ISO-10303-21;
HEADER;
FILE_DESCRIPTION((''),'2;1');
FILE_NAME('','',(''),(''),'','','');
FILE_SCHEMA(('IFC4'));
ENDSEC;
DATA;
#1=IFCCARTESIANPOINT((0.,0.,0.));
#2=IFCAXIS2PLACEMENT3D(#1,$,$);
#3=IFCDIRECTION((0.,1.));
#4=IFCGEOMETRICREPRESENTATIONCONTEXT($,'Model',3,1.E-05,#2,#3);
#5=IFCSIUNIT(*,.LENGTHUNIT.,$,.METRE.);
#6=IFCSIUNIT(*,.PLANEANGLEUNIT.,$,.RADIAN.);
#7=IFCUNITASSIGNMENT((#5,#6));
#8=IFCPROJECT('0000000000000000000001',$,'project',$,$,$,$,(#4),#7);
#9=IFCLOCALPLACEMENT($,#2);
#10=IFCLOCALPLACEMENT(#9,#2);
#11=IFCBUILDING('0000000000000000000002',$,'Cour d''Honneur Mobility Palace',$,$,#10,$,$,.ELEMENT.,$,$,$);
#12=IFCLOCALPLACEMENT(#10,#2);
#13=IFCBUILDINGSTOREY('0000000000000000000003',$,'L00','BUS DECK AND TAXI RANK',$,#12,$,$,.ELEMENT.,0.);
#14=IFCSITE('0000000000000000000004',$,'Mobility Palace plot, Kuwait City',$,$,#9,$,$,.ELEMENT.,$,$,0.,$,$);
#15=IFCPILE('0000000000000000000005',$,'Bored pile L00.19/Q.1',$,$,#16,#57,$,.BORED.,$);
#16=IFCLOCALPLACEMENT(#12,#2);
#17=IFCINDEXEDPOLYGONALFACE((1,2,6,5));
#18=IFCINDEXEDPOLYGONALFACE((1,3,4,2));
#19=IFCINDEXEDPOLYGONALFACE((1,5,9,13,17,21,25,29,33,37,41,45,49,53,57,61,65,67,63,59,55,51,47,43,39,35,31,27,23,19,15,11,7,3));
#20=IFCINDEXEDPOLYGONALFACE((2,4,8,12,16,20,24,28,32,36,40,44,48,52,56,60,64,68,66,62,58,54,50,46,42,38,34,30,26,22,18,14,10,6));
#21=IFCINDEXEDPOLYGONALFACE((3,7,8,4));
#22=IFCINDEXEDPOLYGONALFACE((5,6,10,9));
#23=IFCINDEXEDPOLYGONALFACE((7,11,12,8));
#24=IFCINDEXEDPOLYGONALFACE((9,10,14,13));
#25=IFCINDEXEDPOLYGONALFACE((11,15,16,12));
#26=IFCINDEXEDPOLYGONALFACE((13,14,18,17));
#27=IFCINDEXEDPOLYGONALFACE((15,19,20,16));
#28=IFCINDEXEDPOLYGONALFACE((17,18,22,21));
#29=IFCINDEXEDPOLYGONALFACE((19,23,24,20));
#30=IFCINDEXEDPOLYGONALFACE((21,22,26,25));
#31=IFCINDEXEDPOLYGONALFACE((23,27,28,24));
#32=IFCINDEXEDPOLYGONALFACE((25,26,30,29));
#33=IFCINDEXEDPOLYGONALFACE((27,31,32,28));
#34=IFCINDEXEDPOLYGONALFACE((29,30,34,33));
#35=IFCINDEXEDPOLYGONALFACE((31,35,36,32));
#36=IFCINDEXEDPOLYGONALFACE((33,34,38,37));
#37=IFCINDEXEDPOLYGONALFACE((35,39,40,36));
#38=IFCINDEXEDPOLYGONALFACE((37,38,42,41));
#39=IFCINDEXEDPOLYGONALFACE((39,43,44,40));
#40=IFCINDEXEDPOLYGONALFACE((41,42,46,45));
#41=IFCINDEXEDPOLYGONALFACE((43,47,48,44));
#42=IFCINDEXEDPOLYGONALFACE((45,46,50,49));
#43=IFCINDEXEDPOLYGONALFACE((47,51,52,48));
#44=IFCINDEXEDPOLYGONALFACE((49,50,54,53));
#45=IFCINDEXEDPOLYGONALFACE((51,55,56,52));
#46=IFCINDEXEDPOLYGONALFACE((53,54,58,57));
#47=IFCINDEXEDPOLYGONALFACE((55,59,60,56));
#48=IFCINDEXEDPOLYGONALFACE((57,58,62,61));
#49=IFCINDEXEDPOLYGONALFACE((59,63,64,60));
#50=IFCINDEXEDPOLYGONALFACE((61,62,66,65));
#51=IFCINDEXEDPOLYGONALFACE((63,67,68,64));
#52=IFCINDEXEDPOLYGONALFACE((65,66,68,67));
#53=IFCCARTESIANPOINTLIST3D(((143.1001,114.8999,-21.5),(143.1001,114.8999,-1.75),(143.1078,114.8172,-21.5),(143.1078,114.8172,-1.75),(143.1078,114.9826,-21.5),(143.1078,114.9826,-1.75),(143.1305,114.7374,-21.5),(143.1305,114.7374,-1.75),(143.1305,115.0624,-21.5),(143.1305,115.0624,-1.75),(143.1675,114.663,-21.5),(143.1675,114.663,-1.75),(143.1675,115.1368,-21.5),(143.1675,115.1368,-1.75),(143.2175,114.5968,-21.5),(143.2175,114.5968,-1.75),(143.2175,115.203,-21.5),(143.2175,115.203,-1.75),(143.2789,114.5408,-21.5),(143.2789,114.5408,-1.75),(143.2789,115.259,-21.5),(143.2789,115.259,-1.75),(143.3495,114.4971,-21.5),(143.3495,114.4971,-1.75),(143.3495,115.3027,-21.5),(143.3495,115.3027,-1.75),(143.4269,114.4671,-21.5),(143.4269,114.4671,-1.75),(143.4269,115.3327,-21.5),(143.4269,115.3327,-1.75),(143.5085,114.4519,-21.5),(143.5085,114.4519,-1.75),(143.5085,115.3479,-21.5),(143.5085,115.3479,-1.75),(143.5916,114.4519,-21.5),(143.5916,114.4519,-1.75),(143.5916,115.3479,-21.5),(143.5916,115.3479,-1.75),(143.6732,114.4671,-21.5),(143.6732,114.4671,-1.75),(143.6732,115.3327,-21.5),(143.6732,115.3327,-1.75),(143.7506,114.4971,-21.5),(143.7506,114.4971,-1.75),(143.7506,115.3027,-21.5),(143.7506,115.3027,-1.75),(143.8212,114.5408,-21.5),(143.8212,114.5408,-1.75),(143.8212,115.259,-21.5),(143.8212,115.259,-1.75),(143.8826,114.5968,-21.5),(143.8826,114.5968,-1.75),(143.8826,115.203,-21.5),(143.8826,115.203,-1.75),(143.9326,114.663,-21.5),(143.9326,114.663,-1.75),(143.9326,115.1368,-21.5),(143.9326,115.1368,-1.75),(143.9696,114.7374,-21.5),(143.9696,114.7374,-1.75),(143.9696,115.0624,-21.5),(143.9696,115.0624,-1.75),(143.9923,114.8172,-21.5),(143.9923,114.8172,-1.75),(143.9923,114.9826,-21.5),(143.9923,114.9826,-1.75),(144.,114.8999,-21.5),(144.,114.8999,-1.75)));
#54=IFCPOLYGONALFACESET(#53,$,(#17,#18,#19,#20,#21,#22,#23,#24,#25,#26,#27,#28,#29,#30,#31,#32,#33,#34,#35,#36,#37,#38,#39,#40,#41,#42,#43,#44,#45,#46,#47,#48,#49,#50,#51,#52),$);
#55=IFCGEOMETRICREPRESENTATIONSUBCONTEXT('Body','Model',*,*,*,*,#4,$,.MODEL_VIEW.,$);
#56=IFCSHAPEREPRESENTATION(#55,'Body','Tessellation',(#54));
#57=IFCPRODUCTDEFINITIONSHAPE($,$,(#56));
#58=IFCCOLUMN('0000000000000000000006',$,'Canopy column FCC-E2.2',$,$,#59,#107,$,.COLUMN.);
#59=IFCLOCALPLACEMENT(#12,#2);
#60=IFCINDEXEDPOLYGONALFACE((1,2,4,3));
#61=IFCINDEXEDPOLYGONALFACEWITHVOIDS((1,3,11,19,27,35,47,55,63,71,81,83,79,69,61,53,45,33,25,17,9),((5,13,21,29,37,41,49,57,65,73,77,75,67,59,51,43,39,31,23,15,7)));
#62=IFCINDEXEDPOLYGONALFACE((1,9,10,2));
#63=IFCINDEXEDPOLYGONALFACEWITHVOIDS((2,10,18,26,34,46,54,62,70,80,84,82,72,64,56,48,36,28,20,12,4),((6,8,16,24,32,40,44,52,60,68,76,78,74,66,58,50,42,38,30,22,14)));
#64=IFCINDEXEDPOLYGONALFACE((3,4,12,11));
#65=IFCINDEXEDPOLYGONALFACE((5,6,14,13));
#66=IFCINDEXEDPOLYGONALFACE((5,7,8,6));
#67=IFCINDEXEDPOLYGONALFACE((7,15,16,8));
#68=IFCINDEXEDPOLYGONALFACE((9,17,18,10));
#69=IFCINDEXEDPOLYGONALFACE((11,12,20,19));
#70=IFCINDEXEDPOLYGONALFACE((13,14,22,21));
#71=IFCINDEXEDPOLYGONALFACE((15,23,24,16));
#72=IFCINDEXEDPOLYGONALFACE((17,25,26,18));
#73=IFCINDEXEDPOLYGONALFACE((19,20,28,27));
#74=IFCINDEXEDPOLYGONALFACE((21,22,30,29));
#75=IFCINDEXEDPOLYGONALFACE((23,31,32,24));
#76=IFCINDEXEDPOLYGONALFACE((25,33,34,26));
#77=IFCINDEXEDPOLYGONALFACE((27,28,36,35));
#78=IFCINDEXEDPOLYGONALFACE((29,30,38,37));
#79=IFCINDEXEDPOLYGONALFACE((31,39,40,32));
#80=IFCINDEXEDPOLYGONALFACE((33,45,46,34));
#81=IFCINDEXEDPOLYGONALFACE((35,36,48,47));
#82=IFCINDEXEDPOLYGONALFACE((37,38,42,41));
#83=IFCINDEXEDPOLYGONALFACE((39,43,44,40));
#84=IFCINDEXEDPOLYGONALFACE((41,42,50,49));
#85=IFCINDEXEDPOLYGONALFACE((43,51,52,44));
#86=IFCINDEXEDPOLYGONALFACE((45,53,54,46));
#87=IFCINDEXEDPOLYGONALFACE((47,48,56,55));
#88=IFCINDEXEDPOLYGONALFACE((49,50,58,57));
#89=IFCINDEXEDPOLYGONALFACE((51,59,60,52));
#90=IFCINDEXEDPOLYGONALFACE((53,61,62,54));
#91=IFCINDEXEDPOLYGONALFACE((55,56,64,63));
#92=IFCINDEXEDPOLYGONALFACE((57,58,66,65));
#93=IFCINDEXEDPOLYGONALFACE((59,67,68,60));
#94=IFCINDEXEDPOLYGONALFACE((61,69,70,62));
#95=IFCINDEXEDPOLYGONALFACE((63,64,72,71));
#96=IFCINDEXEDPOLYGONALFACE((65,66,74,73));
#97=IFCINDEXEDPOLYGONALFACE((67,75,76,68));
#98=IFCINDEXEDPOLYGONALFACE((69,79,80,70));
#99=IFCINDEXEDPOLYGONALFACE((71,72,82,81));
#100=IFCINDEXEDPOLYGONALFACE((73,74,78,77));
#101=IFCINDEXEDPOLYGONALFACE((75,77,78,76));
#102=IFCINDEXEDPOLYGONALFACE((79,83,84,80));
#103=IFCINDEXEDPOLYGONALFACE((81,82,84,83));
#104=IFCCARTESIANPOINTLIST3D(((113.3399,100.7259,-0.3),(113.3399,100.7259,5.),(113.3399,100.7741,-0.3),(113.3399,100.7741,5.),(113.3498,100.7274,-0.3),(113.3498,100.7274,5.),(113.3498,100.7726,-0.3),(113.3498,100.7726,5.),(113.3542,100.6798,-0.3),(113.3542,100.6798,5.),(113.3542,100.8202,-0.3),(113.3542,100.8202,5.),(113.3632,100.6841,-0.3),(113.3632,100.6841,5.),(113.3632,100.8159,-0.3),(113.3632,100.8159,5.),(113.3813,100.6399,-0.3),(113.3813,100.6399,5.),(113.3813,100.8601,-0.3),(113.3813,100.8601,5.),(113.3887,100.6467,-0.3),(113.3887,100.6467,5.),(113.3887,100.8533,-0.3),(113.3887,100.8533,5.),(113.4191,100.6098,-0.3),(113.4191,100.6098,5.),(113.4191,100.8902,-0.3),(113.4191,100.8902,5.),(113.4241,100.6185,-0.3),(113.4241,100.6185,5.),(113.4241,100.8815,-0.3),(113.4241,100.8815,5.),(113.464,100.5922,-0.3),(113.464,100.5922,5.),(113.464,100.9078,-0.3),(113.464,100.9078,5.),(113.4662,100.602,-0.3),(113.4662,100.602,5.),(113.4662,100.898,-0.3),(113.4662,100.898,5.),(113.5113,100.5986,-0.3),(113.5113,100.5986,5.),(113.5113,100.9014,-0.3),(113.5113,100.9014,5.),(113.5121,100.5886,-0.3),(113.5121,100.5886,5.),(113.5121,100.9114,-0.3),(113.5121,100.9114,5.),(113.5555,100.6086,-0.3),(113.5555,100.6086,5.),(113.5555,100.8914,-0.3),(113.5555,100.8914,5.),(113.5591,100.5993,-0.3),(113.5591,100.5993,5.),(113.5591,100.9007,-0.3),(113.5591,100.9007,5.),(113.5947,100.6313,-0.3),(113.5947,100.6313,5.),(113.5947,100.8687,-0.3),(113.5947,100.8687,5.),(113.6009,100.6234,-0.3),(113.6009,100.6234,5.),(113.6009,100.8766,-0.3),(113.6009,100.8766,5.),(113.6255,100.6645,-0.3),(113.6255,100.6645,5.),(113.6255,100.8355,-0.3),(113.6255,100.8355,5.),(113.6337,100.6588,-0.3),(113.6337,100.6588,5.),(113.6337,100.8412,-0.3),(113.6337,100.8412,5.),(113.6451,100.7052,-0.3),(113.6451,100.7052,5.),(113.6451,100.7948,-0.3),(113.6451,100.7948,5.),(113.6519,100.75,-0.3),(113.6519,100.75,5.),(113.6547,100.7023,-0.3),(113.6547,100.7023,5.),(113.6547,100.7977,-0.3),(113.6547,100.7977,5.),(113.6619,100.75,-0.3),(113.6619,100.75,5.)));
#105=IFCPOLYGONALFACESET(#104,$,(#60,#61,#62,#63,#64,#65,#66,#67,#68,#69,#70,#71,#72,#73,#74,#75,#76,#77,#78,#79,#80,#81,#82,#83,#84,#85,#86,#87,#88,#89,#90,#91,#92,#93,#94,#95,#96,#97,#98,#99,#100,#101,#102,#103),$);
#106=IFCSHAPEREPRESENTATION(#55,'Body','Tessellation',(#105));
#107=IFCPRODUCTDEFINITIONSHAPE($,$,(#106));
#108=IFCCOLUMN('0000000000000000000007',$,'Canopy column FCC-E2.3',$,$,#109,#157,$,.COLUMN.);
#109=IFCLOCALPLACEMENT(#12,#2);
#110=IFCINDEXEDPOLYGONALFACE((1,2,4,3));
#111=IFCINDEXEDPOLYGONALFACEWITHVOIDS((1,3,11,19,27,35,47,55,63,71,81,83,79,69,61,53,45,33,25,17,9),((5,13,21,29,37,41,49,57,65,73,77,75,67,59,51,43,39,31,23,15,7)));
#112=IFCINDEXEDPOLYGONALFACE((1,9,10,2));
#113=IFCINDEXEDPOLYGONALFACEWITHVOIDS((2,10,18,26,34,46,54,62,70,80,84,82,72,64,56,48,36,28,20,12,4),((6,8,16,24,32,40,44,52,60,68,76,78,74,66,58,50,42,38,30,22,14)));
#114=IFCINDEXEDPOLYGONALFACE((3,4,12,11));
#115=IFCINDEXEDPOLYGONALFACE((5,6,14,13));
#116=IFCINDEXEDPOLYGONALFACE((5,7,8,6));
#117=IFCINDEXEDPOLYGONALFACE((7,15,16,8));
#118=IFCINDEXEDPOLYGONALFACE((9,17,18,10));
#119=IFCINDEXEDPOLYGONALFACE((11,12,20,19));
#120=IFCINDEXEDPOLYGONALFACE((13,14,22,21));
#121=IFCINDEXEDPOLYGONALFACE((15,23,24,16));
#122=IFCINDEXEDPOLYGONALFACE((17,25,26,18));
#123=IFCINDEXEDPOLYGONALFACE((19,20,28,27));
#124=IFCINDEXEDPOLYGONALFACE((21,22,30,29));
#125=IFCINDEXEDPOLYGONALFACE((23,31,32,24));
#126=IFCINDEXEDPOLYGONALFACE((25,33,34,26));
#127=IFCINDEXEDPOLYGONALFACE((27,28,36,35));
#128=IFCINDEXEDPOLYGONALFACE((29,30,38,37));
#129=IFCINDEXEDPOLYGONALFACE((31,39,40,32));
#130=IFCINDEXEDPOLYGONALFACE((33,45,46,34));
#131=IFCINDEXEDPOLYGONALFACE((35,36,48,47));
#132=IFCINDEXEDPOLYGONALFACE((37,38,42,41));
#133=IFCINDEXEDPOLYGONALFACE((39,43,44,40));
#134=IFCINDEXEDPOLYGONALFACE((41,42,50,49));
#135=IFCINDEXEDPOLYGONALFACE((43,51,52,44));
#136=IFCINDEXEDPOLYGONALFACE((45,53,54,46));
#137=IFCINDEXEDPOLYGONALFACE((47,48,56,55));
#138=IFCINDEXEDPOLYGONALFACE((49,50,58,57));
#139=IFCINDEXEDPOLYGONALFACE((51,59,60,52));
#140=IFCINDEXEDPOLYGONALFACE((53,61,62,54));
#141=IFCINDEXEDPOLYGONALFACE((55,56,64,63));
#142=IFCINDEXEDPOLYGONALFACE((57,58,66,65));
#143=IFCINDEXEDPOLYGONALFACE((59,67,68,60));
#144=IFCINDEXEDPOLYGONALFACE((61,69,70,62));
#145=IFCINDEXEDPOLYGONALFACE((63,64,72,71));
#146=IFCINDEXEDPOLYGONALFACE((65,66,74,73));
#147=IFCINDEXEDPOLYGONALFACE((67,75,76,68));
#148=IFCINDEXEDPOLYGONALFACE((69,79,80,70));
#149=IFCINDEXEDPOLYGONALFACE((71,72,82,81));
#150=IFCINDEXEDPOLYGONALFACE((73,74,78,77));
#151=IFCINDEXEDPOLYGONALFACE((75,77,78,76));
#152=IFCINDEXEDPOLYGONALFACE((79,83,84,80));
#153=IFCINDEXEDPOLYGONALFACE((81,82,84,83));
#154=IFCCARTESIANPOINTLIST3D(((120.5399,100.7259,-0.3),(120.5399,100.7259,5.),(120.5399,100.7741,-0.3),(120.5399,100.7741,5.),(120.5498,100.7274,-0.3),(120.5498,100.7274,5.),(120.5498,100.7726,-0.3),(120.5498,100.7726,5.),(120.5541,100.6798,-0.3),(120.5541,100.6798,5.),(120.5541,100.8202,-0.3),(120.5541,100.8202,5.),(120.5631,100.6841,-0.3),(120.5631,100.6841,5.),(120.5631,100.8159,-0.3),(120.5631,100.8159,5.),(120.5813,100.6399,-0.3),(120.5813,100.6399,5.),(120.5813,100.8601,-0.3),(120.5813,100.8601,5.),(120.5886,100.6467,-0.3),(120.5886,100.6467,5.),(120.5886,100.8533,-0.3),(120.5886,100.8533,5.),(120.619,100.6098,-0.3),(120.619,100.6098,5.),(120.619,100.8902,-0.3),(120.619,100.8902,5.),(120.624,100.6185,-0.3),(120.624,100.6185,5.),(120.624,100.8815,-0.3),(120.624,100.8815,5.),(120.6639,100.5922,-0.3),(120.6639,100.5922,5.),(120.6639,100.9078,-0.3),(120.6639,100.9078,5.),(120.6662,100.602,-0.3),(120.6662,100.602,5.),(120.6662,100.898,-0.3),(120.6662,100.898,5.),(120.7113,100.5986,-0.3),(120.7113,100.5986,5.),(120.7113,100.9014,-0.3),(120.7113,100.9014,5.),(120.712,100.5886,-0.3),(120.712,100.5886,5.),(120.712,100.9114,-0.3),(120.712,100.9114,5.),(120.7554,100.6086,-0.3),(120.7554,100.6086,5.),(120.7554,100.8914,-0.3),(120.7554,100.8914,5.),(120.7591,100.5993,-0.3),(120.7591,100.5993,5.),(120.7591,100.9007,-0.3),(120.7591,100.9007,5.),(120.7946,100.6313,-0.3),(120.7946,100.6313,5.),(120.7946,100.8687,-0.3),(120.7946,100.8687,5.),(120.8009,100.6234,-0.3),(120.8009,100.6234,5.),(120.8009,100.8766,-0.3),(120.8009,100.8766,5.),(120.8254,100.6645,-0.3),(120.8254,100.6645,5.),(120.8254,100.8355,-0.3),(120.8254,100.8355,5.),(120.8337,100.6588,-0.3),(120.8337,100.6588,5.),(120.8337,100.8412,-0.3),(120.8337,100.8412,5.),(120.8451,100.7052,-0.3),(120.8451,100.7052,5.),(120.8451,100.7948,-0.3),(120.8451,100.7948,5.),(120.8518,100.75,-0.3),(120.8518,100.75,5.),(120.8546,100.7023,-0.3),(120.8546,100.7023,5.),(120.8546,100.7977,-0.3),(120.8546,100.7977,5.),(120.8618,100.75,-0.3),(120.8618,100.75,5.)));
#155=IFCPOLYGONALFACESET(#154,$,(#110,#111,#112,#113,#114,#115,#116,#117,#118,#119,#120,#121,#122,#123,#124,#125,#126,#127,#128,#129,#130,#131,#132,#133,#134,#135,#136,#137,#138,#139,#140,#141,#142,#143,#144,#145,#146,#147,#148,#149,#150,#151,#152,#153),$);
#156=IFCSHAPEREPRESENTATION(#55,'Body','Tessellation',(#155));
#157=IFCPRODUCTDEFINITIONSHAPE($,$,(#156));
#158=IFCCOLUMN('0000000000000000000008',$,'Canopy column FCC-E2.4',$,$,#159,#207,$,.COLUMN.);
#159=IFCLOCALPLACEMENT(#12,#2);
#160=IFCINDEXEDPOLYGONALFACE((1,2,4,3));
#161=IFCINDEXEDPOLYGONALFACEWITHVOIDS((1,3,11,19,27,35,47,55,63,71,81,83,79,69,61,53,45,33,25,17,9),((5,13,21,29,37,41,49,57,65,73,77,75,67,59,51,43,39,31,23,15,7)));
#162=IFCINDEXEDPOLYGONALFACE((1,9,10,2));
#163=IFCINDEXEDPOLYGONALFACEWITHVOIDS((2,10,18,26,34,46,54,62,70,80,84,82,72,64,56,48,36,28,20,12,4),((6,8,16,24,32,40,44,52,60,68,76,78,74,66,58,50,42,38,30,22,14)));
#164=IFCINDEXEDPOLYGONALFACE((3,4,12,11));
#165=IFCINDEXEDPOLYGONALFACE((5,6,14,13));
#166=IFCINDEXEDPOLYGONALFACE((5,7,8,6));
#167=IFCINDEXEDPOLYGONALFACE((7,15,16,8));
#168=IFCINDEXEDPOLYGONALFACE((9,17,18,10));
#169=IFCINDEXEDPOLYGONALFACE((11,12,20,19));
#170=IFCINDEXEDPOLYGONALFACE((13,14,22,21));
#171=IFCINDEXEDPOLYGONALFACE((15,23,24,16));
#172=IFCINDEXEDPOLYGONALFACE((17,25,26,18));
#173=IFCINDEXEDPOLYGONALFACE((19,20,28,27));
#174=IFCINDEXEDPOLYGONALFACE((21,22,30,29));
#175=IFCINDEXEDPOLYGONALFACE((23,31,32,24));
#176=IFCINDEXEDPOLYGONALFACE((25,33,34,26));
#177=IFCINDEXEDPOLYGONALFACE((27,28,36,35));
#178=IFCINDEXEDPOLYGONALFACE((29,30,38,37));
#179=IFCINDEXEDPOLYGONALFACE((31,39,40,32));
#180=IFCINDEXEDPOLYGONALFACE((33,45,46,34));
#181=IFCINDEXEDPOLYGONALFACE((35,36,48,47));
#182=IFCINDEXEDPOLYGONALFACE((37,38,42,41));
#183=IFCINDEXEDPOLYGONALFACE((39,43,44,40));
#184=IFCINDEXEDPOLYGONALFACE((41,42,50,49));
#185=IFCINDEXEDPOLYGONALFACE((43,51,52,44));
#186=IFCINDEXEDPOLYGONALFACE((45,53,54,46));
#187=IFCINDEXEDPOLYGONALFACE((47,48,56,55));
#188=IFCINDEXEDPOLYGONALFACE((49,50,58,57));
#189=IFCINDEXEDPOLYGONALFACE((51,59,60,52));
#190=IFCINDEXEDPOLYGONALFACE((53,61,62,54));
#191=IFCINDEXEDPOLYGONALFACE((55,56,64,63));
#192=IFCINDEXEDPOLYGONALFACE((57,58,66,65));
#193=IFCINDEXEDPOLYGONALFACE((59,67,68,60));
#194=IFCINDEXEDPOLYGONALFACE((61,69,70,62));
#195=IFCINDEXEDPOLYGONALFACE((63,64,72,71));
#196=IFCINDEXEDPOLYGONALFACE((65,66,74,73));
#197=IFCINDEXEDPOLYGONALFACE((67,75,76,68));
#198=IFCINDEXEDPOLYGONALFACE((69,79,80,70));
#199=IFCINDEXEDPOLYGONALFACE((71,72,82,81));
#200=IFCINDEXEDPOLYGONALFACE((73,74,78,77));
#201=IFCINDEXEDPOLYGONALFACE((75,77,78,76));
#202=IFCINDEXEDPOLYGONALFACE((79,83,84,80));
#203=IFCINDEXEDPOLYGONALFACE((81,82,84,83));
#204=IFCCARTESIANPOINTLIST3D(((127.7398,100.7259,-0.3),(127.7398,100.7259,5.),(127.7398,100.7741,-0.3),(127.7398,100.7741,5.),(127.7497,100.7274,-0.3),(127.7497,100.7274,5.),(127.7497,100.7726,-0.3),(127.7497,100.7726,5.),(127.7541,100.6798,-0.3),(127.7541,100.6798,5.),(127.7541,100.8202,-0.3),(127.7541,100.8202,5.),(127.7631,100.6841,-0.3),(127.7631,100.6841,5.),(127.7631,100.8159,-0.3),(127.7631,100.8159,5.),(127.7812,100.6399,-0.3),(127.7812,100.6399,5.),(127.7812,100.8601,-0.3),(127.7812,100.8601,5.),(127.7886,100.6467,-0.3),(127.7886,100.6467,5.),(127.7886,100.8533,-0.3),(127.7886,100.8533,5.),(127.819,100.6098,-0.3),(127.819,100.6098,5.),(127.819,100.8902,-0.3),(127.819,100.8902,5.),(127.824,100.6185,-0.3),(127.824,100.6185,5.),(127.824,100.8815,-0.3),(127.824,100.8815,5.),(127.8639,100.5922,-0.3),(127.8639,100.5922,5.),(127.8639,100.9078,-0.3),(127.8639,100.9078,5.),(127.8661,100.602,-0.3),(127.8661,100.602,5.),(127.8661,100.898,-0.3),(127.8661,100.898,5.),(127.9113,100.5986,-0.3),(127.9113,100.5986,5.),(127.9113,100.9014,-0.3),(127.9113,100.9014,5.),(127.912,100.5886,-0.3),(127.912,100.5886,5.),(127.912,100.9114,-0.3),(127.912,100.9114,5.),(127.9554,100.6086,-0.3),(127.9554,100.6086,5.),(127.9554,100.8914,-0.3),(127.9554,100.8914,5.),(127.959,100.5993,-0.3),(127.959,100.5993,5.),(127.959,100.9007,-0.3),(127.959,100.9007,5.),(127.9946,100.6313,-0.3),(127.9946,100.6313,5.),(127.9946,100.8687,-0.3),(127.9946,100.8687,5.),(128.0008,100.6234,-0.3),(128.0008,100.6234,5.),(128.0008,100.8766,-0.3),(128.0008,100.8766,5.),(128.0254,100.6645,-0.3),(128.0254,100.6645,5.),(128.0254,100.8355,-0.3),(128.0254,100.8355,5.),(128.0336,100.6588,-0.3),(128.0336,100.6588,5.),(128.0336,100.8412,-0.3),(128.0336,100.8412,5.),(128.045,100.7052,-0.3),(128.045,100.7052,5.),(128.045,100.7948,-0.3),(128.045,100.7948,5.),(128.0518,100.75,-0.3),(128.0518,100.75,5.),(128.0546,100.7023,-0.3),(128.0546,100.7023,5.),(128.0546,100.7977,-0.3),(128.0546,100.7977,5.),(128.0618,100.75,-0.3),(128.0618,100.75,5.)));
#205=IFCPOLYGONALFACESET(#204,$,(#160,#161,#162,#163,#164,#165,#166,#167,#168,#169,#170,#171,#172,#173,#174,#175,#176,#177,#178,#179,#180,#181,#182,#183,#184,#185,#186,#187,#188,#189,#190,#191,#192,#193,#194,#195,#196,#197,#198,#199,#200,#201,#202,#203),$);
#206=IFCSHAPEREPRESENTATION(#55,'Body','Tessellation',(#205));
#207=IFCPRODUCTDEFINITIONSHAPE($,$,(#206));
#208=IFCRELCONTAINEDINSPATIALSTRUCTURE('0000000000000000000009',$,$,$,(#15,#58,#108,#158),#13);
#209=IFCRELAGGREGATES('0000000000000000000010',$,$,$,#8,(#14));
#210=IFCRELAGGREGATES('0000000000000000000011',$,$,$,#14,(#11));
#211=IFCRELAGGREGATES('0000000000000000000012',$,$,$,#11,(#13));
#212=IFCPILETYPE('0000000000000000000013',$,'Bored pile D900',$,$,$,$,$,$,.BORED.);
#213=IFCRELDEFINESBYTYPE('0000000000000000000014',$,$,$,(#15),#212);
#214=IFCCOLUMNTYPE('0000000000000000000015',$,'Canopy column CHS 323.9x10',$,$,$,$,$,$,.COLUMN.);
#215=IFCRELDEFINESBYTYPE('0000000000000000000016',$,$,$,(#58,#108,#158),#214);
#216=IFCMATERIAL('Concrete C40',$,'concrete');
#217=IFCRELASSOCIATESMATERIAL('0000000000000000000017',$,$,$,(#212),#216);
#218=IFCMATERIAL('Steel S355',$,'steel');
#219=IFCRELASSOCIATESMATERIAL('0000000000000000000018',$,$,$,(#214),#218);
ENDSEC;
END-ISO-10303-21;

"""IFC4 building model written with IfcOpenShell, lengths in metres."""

from ifc_helpers import new_model, si_unit, direction, frame, origin, origin_2d, place, context, subcontext, project, spatial, circle, hollow_circle, extrude, material, material_profile, profile_set, type_object, element, save


model = new_model("IFC4")

# Units and contexts
model_context = context("Model", 3, precision=1e-05, world=origin(), true_north=direction((0.0, 1.0)))
body_context = subcontext(model_context, "Body", "Model", "MODEL_VIEW")
ifc_project = project(units=[si_unit("LENGTHUNIT", "METRE"), si_unit("PLANEANGLEUNIT", "RADIAN")], contexts=[model_context])

# Site, building, storey
site_placement = place(None, origin())
site = spatial("IfcSite", under=ifc_project, at=site_placement, Name="Mobility Palace plot, Kuwait City", CompositionType="ELEMENT", RefElevation=0.0)
building_placement = place(site_placement, origin())
building = spatial("IfcBuilding", under=site, at=building_placement, Name="Cour d'Honneur Mobility Palace", CompositionType="ELEMENT")
storey_placement = place(building_placement, origin())
storey = spatial("IfcBuildingStorey", under=building, at=storey_placement, Name="L00", Description="BUS DECK AND TAXI RANK", CompositionType="ELEMENT", Elevation=0.0)

# Pile
ifc_material_1 = material(Name="Concrete C40", Category="concrete")
ifc_material_profile_1 = material_profile(ifc_material_1, circle(Radius=0.45, at=origin_2d()), Name="Bored pile D900")
ifc_profile_set_1 = profile_set([ifc_material_profile_1], Name="Concrete C40")
pile_type = type_object("IfcPileType", Name="Bored pile D900", PredefinedType="BORED", material=ifc_profile_set_1)
pile_placement = place(storey_placement, frame((143.55, 114.8999, -1.75), z_axis=(0.0, 0.0, -1.0), x_axis=(1.0, 0.0, 0.0)))
element("IfcPile", 1, at=pile_placement, inside=storey, type_object=pile_type, Name="Bored pile L00.19/Q.1", PredefinedType="BORED", context=body_context, shape_type="SweptSolid", body=[
    extrude(circle(Radius=0.45, at=origin_2d()), origin(), (0.0, 0.0, 1.0), 19.75),
])

# Columns
ifc_material_2 = material(Name="Steel S355", Category="steel")
ifc_material_profile_2 = material_profile(ifc_material_2, hollow_circle(Radius=0.1619, WallThickness=0.01, at=origin_2d()), Name="CHS 323.9x10")
ifc_profile_set_2 = profile_set([ifc_material_profile_2], Name="Steel S355")
column_type = type_object("IfcColumnType", Name="Canopy column CHS 323.9x10", PredefinedType="COLUMN", material=ifc_profile_set_2)
for number, where, z_axis, x_axis, name in (
    (2, (113.5, 100.75, -0.3), (0.0, 0.0, 1.0), (1.0, 0.0, 0.0), "Canopy column FCC-E2.2"),
    (3, (120.7, 100.75, -0.3), (0.0, 0.0, 1.0), (1.0, 0.0, 0.0), "Canopy column FCC-E2.3"),
    (4, (127.8999, 100.75, -0.3), (0.0, 0.0, 1.0), (1.0, 0.0, 0.0), "Canopy column FCC-E2.4"),
):
    element("IfcColumn", number, at=place(storey_placement, frame(where, z_axis=z_axis, x_axis=x_axis)), inside=storey, type_object=column_type, Name=name, PredefinedType="COLUMN", context=body_context, shape_type="SweptSolid", body=[
        extrude(hollow_circle(Radius=0.1619, WallThickness=0.01, at=origin_2d()), origin(), (0.0, 0.0, 1.0), 5.3),
    ])

save(model, "model.ifc")
